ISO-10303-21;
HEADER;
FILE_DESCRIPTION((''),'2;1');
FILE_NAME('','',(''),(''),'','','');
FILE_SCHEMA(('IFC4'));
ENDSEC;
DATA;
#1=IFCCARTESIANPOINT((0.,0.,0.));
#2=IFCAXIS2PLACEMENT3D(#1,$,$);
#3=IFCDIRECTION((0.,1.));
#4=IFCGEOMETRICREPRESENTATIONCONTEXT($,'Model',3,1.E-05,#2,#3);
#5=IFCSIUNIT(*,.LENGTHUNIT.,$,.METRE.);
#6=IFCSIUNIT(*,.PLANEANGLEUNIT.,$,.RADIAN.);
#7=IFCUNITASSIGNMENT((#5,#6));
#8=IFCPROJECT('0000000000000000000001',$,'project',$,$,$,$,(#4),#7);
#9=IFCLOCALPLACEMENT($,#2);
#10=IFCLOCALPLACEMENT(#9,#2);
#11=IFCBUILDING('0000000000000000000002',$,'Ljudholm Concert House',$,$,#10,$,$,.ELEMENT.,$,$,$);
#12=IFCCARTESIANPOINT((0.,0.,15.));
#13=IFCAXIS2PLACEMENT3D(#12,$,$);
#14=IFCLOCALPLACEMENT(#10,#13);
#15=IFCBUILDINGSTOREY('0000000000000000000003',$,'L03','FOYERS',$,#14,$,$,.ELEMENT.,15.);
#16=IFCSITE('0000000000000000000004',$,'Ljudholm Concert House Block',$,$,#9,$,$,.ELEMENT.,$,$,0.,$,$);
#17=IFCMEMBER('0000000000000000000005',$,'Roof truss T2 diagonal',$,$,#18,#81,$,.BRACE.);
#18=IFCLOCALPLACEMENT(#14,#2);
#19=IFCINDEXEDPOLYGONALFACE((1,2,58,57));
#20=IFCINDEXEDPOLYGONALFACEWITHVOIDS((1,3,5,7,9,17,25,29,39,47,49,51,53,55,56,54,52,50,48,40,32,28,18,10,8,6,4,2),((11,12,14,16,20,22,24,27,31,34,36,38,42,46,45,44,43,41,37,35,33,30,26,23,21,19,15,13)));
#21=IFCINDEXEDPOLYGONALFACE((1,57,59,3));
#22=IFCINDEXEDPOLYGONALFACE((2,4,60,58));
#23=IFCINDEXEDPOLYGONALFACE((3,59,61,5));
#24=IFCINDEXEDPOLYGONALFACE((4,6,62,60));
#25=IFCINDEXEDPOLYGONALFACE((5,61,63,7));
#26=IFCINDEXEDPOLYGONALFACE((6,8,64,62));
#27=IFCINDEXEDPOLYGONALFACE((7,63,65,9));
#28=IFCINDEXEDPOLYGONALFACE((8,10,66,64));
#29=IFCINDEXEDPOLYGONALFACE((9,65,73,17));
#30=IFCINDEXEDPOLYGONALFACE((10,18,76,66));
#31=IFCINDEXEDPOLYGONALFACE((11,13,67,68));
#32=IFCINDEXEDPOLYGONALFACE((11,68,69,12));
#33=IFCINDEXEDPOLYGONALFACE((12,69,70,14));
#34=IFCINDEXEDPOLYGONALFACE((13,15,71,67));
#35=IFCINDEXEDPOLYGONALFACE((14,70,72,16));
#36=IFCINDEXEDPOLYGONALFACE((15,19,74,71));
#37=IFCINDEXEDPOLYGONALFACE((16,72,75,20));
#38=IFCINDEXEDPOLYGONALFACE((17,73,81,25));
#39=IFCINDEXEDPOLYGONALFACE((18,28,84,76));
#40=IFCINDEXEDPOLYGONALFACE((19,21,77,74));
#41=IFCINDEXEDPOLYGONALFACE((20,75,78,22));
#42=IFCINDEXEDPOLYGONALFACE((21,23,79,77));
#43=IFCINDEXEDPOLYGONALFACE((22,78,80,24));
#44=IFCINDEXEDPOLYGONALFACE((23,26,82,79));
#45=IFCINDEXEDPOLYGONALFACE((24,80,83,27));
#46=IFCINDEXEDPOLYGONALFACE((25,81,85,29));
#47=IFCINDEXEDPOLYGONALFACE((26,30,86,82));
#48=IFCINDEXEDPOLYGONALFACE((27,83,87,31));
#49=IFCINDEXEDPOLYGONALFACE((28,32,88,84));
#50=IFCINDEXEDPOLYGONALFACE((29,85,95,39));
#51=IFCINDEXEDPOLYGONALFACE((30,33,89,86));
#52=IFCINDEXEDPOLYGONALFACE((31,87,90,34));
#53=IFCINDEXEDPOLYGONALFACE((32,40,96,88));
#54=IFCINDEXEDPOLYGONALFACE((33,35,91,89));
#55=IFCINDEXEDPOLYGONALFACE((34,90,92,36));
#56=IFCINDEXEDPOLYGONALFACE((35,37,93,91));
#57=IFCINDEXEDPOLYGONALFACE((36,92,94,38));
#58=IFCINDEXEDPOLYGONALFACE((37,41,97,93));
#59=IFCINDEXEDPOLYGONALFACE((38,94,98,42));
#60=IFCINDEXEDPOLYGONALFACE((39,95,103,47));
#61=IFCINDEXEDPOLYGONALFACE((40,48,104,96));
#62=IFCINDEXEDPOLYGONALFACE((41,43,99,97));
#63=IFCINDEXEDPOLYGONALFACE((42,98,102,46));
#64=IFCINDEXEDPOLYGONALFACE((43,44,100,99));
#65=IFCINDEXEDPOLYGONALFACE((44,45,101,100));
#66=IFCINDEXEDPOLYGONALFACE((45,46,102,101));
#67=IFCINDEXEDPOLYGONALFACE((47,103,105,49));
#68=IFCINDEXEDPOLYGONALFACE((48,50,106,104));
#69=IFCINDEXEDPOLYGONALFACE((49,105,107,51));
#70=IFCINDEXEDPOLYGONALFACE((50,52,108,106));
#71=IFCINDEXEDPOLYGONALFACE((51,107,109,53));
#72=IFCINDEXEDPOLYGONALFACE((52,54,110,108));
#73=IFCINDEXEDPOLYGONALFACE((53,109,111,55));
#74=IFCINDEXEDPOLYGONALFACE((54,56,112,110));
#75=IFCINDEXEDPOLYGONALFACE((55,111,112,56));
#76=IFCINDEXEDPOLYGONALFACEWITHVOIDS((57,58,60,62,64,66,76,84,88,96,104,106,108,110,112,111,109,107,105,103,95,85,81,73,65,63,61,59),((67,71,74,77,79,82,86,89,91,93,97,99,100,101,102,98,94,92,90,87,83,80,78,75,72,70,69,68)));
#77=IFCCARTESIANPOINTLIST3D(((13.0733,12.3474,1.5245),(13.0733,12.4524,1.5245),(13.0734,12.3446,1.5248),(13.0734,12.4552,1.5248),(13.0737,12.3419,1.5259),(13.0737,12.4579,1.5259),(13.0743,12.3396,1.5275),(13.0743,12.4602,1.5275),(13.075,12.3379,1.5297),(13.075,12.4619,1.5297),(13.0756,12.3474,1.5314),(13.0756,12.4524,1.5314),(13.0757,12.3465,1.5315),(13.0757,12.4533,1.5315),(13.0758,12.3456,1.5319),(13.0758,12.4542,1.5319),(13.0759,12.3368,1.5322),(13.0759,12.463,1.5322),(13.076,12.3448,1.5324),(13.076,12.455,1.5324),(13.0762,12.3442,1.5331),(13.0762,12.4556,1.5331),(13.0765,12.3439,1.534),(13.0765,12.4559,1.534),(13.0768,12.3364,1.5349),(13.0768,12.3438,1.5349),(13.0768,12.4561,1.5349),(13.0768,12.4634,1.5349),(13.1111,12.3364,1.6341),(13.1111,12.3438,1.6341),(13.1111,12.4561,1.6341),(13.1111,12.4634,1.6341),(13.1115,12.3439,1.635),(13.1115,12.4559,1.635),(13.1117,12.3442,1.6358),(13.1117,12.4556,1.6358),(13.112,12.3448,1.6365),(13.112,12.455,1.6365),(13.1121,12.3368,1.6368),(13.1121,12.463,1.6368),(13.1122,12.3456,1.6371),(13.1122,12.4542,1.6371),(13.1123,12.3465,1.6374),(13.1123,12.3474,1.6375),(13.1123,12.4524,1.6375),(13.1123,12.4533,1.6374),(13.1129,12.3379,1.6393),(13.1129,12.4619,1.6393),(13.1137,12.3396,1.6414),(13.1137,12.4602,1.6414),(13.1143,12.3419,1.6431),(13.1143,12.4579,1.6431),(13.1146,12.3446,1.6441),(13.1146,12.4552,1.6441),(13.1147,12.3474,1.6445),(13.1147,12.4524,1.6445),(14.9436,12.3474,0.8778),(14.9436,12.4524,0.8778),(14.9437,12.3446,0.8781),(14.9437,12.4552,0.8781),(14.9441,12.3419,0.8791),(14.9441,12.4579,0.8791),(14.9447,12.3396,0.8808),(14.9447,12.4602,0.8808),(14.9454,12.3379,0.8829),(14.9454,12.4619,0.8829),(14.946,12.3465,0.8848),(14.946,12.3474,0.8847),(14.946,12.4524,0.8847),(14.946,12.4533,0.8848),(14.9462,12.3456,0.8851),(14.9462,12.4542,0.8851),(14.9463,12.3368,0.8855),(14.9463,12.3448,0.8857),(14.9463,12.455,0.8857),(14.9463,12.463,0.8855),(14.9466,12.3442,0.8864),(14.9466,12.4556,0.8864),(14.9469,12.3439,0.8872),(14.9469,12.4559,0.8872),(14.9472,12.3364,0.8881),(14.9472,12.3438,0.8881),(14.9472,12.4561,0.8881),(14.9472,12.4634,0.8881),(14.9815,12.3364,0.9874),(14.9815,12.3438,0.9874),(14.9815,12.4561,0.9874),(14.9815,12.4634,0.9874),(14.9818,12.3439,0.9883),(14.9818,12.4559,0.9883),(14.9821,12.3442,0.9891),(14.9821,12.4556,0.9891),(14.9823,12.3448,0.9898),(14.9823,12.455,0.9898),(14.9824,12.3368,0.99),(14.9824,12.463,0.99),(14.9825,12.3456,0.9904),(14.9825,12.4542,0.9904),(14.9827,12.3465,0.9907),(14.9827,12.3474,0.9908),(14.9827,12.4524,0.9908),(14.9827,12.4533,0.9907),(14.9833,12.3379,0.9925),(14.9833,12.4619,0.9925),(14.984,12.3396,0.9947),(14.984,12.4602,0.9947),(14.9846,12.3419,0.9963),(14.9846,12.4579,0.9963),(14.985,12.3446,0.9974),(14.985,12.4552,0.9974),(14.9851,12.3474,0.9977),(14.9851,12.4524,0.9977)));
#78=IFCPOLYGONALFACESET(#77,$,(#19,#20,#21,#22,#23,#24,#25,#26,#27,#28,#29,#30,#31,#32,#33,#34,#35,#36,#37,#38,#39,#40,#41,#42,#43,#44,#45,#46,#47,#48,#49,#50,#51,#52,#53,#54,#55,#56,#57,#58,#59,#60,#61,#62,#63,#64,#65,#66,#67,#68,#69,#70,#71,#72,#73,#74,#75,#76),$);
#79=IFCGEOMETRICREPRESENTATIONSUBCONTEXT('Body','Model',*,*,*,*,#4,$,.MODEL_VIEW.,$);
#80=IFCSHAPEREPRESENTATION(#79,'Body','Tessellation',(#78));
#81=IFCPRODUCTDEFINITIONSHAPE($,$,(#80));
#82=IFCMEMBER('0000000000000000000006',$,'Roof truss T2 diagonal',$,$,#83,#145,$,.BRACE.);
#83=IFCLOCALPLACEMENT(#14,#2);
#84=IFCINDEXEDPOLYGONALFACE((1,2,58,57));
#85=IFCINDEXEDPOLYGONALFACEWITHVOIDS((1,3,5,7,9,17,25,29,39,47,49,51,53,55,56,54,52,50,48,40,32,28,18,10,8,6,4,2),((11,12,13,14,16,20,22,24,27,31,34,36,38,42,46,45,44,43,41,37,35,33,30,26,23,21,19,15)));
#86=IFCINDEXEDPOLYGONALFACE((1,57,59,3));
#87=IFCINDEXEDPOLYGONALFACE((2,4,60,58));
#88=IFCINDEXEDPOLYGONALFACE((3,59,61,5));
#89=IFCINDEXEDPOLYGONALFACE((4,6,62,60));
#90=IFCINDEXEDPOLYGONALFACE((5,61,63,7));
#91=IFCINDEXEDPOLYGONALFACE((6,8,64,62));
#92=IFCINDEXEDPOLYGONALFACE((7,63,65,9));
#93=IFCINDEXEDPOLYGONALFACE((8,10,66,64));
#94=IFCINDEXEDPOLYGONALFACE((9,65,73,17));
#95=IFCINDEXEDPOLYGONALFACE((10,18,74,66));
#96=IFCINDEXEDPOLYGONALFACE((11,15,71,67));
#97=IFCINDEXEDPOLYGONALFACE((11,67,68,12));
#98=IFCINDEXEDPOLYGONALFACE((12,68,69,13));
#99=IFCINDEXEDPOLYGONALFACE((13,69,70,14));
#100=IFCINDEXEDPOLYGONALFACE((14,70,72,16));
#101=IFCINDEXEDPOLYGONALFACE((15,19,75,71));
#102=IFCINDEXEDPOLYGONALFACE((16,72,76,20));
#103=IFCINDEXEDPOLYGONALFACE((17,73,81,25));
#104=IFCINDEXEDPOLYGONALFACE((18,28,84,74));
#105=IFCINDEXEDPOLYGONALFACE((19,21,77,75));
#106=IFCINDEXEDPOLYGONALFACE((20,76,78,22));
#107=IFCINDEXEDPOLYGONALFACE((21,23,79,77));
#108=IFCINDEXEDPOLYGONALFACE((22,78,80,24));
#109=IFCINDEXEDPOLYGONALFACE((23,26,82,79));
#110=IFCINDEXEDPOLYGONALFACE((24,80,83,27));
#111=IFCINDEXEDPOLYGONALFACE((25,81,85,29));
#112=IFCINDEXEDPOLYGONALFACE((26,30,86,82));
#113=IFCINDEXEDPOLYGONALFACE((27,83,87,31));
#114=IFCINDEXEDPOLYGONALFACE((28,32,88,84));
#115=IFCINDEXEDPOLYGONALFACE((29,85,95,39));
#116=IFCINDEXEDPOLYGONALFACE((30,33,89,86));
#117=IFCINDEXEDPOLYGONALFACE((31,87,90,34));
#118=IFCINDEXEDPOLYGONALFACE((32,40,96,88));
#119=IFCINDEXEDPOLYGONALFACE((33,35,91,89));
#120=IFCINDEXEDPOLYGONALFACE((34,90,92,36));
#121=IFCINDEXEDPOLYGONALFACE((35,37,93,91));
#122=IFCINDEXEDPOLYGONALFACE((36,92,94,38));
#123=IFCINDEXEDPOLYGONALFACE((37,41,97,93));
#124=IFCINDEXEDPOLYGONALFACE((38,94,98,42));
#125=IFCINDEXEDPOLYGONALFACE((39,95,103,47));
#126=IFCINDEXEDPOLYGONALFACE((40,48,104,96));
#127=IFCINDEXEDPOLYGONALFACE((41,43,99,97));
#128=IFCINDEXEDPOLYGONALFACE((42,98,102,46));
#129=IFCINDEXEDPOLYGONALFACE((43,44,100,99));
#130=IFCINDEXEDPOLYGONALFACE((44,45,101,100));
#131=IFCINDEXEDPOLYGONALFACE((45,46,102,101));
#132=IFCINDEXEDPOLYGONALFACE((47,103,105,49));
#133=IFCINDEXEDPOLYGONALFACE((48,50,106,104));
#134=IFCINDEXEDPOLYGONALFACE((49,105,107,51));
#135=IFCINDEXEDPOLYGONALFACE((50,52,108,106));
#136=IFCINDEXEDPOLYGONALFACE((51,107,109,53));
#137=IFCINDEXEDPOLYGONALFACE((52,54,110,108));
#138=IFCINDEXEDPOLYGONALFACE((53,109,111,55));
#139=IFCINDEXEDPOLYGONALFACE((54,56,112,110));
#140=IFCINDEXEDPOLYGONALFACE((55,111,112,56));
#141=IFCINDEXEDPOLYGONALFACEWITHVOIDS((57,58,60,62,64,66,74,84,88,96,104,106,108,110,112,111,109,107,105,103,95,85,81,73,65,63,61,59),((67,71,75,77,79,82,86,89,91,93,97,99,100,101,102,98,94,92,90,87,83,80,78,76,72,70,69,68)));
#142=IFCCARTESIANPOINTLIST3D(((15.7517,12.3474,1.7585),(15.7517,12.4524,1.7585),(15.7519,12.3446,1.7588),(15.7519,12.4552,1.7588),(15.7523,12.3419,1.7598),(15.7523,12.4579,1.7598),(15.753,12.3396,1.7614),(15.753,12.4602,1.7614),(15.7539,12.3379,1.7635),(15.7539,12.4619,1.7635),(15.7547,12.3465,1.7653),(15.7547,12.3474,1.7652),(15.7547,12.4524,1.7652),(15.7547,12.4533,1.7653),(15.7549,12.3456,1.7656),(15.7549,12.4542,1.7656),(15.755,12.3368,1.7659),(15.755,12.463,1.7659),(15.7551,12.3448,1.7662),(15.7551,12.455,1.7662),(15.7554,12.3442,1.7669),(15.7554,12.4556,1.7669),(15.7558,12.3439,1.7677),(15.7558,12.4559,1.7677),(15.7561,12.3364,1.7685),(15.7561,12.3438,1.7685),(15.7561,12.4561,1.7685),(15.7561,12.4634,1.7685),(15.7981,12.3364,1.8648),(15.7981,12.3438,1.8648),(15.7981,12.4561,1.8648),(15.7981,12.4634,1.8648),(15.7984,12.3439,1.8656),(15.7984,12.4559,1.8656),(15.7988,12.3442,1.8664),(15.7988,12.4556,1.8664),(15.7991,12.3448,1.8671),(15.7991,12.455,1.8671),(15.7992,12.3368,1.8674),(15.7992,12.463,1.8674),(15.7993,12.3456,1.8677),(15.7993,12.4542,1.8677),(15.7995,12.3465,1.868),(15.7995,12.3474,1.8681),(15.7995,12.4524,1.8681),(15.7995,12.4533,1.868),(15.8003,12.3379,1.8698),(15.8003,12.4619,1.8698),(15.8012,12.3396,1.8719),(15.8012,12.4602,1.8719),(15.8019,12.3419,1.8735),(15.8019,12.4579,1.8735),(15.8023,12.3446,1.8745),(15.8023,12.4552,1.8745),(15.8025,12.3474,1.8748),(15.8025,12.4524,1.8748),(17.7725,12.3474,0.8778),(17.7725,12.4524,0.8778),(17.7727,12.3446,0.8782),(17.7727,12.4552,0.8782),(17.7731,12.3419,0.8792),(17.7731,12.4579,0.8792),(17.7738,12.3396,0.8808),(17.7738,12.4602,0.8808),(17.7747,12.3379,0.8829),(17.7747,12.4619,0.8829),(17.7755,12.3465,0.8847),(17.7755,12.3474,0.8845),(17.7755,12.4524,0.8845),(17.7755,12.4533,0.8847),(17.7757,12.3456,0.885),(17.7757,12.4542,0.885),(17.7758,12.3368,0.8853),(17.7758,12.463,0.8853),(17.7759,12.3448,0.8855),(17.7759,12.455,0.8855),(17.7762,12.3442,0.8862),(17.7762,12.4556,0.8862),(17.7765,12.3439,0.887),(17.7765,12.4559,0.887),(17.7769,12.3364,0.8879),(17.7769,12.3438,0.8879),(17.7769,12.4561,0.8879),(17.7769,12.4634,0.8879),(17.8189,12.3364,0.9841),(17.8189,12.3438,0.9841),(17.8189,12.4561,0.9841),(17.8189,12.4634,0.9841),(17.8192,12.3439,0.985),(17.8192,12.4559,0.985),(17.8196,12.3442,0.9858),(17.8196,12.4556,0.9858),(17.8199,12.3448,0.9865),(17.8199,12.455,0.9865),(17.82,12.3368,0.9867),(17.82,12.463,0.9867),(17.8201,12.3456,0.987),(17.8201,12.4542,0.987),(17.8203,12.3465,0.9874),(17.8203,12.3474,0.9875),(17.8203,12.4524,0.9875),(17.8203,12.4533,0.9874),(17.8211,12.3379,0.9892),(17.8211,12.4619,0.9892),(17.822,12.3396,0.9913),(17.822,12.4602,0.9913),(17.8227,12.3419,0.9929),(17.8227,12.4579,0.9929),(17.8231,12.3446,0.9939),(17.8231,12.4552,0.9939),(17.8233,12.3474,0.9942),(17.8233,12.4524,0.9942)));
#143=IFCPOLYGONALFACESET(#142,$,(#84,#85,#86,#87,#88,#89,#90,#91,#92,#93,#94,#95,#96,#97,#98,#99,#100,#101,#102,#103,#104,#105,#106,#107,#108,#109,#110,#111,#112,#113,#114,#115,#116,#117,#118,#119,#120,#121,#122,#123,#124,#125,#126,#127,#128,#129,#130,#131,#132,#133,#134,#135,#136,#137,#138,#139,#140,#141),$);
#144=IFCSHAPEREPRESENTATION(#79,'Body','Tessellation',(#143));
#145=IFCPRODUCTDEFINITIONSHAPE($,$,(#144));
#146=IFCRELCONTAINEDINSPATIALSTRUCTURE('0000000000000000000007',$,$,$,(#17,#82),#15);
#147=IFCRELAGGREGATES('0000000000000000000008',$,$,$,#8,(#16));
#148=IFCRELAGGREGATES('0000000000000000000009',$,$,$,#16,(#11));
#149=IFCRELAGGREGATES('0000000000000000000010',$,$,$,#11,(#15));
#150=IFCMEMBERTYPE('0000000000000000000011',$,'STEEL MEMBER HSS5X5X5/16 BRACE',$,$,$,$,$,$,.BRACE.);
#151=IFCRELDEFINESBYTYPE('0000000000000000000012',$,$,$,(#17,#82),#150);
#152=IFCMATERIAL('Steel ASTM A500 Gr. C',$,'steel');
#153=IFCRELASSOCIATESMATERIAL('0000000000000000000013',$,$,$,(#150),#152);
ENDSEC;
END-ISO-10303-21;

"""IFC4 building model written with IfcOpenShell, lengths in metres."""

from ifc_helpers import new_model, si_unit, direction, frame, origin, origin_2d, place, context, subcontext, project, spatial, hollow_rectangle, extrude, material, material_profile, profile_set, type_object, element, save


model = new_model("IFC4")

# Units and contexts
model_context = context("Model", 3, precision=1e-05, world=origin(), true_north=direction((0.0, 1.0)))
body_context = subcontext(model_context, "Body", "Model", "MODEL_VIEW")
ifc_project = project(units=[si_unit("LENGTHUNIT", "METRE"), si_unit("PLANEANGLEUNIT", "RADIAN")], contexts=[model_context])

# Site, building, storey
site_placement = place(None, origin())
site = spatial("IfcSite", under=ifc_project, at=site_placement, Name="Ljudholm Concert House Block", CompositionType="ELEMENT", RefElevation=0.0)
building_placement = place(site_placement, origin())
building = spatial("IfcBuilding", under=site, at=building_placement, Name="Ljudholm Concert House", CompositionType="ELEMENT")
storey_placement = place(building_placement, frame((0.0, 0.0, 15.0)))
storey = spatial("IfcBuildingStorey", under=building, at=storey_placement, Name="L03", Description="FOYERS", CompositionType="ELEMENT", Elevation=15.0)

# Members
ifc_material_1 = material(Name="Steel ASTM A500 Gr. C", Category="steel")
ifc_material_profile_1 = material_profile(ifc_material_1, hollow_rectangle(XDim=0.127, YDim=0.127, WallThickness=0.0073, InnerFilletRadius=0.0037, OuterFilletRadius=0.011, at=origin_2d()), Name="HSS5X5X5/16")
ifc_profile_set_1 = profile_set([ifc_material_profile_1], Name="Steel ASTM A500 Gr. C")
member_type_1 = type_object("IfcMemberType", Name="STEEL MEMBER HSS5X5X5/16 BRACE", PredefinedType="BRACE", material=ifc_profile_set_1)
member_1_placement = place(storey_placement, frame((13.094, 12.3999, 1.5845), z_axis=(0.945096, 0.0, -0.326793), x_axis=(0.0, 1.0, 0.0)))
element("IfcMember", 1, at=member_1_placement, inside=storey, type_object=member_type_1, Name="Roof truss T2 diagonal", PredefinedType="BRACE", context=body_context, shape_type="SweptSolid", body=[
    extrude(hollow_rectangle(XDim=0.127, YDim=0.127, WallThickness=0.0073, InnerFilletRadius=0.0037, OuterFilletRadius=0.011, at=origin_2d()), origin(), (0.0, 0.0, 1.0), 1.979),
])
member_2_placement = place(storey_placement, frame((15.7771, 12.3999, 1.8167), z_axis=(0.916733, 0.0, -0.3995), x_axis=(0.0, 1.0, 0.0)))
element("IfcMember", 2, at=member_2_placement, inside=storey, type_object=member_type_1, Name="Roof truss T2 diagonal", PredefinedType="BRACE", context=body_context, shape_type="SweptSolid", body=[
    extrude(hollow_rectangle(XDim=0.127, YDim=0.127, WallThickness=0.0073, InnerFilletRadius=0.0037, OuterFilletRadius=0.011, at=origin_2d()), origin(), (0.0, 0.0, 1.0), 2.2043),
])

save(model, "model.ifc")
